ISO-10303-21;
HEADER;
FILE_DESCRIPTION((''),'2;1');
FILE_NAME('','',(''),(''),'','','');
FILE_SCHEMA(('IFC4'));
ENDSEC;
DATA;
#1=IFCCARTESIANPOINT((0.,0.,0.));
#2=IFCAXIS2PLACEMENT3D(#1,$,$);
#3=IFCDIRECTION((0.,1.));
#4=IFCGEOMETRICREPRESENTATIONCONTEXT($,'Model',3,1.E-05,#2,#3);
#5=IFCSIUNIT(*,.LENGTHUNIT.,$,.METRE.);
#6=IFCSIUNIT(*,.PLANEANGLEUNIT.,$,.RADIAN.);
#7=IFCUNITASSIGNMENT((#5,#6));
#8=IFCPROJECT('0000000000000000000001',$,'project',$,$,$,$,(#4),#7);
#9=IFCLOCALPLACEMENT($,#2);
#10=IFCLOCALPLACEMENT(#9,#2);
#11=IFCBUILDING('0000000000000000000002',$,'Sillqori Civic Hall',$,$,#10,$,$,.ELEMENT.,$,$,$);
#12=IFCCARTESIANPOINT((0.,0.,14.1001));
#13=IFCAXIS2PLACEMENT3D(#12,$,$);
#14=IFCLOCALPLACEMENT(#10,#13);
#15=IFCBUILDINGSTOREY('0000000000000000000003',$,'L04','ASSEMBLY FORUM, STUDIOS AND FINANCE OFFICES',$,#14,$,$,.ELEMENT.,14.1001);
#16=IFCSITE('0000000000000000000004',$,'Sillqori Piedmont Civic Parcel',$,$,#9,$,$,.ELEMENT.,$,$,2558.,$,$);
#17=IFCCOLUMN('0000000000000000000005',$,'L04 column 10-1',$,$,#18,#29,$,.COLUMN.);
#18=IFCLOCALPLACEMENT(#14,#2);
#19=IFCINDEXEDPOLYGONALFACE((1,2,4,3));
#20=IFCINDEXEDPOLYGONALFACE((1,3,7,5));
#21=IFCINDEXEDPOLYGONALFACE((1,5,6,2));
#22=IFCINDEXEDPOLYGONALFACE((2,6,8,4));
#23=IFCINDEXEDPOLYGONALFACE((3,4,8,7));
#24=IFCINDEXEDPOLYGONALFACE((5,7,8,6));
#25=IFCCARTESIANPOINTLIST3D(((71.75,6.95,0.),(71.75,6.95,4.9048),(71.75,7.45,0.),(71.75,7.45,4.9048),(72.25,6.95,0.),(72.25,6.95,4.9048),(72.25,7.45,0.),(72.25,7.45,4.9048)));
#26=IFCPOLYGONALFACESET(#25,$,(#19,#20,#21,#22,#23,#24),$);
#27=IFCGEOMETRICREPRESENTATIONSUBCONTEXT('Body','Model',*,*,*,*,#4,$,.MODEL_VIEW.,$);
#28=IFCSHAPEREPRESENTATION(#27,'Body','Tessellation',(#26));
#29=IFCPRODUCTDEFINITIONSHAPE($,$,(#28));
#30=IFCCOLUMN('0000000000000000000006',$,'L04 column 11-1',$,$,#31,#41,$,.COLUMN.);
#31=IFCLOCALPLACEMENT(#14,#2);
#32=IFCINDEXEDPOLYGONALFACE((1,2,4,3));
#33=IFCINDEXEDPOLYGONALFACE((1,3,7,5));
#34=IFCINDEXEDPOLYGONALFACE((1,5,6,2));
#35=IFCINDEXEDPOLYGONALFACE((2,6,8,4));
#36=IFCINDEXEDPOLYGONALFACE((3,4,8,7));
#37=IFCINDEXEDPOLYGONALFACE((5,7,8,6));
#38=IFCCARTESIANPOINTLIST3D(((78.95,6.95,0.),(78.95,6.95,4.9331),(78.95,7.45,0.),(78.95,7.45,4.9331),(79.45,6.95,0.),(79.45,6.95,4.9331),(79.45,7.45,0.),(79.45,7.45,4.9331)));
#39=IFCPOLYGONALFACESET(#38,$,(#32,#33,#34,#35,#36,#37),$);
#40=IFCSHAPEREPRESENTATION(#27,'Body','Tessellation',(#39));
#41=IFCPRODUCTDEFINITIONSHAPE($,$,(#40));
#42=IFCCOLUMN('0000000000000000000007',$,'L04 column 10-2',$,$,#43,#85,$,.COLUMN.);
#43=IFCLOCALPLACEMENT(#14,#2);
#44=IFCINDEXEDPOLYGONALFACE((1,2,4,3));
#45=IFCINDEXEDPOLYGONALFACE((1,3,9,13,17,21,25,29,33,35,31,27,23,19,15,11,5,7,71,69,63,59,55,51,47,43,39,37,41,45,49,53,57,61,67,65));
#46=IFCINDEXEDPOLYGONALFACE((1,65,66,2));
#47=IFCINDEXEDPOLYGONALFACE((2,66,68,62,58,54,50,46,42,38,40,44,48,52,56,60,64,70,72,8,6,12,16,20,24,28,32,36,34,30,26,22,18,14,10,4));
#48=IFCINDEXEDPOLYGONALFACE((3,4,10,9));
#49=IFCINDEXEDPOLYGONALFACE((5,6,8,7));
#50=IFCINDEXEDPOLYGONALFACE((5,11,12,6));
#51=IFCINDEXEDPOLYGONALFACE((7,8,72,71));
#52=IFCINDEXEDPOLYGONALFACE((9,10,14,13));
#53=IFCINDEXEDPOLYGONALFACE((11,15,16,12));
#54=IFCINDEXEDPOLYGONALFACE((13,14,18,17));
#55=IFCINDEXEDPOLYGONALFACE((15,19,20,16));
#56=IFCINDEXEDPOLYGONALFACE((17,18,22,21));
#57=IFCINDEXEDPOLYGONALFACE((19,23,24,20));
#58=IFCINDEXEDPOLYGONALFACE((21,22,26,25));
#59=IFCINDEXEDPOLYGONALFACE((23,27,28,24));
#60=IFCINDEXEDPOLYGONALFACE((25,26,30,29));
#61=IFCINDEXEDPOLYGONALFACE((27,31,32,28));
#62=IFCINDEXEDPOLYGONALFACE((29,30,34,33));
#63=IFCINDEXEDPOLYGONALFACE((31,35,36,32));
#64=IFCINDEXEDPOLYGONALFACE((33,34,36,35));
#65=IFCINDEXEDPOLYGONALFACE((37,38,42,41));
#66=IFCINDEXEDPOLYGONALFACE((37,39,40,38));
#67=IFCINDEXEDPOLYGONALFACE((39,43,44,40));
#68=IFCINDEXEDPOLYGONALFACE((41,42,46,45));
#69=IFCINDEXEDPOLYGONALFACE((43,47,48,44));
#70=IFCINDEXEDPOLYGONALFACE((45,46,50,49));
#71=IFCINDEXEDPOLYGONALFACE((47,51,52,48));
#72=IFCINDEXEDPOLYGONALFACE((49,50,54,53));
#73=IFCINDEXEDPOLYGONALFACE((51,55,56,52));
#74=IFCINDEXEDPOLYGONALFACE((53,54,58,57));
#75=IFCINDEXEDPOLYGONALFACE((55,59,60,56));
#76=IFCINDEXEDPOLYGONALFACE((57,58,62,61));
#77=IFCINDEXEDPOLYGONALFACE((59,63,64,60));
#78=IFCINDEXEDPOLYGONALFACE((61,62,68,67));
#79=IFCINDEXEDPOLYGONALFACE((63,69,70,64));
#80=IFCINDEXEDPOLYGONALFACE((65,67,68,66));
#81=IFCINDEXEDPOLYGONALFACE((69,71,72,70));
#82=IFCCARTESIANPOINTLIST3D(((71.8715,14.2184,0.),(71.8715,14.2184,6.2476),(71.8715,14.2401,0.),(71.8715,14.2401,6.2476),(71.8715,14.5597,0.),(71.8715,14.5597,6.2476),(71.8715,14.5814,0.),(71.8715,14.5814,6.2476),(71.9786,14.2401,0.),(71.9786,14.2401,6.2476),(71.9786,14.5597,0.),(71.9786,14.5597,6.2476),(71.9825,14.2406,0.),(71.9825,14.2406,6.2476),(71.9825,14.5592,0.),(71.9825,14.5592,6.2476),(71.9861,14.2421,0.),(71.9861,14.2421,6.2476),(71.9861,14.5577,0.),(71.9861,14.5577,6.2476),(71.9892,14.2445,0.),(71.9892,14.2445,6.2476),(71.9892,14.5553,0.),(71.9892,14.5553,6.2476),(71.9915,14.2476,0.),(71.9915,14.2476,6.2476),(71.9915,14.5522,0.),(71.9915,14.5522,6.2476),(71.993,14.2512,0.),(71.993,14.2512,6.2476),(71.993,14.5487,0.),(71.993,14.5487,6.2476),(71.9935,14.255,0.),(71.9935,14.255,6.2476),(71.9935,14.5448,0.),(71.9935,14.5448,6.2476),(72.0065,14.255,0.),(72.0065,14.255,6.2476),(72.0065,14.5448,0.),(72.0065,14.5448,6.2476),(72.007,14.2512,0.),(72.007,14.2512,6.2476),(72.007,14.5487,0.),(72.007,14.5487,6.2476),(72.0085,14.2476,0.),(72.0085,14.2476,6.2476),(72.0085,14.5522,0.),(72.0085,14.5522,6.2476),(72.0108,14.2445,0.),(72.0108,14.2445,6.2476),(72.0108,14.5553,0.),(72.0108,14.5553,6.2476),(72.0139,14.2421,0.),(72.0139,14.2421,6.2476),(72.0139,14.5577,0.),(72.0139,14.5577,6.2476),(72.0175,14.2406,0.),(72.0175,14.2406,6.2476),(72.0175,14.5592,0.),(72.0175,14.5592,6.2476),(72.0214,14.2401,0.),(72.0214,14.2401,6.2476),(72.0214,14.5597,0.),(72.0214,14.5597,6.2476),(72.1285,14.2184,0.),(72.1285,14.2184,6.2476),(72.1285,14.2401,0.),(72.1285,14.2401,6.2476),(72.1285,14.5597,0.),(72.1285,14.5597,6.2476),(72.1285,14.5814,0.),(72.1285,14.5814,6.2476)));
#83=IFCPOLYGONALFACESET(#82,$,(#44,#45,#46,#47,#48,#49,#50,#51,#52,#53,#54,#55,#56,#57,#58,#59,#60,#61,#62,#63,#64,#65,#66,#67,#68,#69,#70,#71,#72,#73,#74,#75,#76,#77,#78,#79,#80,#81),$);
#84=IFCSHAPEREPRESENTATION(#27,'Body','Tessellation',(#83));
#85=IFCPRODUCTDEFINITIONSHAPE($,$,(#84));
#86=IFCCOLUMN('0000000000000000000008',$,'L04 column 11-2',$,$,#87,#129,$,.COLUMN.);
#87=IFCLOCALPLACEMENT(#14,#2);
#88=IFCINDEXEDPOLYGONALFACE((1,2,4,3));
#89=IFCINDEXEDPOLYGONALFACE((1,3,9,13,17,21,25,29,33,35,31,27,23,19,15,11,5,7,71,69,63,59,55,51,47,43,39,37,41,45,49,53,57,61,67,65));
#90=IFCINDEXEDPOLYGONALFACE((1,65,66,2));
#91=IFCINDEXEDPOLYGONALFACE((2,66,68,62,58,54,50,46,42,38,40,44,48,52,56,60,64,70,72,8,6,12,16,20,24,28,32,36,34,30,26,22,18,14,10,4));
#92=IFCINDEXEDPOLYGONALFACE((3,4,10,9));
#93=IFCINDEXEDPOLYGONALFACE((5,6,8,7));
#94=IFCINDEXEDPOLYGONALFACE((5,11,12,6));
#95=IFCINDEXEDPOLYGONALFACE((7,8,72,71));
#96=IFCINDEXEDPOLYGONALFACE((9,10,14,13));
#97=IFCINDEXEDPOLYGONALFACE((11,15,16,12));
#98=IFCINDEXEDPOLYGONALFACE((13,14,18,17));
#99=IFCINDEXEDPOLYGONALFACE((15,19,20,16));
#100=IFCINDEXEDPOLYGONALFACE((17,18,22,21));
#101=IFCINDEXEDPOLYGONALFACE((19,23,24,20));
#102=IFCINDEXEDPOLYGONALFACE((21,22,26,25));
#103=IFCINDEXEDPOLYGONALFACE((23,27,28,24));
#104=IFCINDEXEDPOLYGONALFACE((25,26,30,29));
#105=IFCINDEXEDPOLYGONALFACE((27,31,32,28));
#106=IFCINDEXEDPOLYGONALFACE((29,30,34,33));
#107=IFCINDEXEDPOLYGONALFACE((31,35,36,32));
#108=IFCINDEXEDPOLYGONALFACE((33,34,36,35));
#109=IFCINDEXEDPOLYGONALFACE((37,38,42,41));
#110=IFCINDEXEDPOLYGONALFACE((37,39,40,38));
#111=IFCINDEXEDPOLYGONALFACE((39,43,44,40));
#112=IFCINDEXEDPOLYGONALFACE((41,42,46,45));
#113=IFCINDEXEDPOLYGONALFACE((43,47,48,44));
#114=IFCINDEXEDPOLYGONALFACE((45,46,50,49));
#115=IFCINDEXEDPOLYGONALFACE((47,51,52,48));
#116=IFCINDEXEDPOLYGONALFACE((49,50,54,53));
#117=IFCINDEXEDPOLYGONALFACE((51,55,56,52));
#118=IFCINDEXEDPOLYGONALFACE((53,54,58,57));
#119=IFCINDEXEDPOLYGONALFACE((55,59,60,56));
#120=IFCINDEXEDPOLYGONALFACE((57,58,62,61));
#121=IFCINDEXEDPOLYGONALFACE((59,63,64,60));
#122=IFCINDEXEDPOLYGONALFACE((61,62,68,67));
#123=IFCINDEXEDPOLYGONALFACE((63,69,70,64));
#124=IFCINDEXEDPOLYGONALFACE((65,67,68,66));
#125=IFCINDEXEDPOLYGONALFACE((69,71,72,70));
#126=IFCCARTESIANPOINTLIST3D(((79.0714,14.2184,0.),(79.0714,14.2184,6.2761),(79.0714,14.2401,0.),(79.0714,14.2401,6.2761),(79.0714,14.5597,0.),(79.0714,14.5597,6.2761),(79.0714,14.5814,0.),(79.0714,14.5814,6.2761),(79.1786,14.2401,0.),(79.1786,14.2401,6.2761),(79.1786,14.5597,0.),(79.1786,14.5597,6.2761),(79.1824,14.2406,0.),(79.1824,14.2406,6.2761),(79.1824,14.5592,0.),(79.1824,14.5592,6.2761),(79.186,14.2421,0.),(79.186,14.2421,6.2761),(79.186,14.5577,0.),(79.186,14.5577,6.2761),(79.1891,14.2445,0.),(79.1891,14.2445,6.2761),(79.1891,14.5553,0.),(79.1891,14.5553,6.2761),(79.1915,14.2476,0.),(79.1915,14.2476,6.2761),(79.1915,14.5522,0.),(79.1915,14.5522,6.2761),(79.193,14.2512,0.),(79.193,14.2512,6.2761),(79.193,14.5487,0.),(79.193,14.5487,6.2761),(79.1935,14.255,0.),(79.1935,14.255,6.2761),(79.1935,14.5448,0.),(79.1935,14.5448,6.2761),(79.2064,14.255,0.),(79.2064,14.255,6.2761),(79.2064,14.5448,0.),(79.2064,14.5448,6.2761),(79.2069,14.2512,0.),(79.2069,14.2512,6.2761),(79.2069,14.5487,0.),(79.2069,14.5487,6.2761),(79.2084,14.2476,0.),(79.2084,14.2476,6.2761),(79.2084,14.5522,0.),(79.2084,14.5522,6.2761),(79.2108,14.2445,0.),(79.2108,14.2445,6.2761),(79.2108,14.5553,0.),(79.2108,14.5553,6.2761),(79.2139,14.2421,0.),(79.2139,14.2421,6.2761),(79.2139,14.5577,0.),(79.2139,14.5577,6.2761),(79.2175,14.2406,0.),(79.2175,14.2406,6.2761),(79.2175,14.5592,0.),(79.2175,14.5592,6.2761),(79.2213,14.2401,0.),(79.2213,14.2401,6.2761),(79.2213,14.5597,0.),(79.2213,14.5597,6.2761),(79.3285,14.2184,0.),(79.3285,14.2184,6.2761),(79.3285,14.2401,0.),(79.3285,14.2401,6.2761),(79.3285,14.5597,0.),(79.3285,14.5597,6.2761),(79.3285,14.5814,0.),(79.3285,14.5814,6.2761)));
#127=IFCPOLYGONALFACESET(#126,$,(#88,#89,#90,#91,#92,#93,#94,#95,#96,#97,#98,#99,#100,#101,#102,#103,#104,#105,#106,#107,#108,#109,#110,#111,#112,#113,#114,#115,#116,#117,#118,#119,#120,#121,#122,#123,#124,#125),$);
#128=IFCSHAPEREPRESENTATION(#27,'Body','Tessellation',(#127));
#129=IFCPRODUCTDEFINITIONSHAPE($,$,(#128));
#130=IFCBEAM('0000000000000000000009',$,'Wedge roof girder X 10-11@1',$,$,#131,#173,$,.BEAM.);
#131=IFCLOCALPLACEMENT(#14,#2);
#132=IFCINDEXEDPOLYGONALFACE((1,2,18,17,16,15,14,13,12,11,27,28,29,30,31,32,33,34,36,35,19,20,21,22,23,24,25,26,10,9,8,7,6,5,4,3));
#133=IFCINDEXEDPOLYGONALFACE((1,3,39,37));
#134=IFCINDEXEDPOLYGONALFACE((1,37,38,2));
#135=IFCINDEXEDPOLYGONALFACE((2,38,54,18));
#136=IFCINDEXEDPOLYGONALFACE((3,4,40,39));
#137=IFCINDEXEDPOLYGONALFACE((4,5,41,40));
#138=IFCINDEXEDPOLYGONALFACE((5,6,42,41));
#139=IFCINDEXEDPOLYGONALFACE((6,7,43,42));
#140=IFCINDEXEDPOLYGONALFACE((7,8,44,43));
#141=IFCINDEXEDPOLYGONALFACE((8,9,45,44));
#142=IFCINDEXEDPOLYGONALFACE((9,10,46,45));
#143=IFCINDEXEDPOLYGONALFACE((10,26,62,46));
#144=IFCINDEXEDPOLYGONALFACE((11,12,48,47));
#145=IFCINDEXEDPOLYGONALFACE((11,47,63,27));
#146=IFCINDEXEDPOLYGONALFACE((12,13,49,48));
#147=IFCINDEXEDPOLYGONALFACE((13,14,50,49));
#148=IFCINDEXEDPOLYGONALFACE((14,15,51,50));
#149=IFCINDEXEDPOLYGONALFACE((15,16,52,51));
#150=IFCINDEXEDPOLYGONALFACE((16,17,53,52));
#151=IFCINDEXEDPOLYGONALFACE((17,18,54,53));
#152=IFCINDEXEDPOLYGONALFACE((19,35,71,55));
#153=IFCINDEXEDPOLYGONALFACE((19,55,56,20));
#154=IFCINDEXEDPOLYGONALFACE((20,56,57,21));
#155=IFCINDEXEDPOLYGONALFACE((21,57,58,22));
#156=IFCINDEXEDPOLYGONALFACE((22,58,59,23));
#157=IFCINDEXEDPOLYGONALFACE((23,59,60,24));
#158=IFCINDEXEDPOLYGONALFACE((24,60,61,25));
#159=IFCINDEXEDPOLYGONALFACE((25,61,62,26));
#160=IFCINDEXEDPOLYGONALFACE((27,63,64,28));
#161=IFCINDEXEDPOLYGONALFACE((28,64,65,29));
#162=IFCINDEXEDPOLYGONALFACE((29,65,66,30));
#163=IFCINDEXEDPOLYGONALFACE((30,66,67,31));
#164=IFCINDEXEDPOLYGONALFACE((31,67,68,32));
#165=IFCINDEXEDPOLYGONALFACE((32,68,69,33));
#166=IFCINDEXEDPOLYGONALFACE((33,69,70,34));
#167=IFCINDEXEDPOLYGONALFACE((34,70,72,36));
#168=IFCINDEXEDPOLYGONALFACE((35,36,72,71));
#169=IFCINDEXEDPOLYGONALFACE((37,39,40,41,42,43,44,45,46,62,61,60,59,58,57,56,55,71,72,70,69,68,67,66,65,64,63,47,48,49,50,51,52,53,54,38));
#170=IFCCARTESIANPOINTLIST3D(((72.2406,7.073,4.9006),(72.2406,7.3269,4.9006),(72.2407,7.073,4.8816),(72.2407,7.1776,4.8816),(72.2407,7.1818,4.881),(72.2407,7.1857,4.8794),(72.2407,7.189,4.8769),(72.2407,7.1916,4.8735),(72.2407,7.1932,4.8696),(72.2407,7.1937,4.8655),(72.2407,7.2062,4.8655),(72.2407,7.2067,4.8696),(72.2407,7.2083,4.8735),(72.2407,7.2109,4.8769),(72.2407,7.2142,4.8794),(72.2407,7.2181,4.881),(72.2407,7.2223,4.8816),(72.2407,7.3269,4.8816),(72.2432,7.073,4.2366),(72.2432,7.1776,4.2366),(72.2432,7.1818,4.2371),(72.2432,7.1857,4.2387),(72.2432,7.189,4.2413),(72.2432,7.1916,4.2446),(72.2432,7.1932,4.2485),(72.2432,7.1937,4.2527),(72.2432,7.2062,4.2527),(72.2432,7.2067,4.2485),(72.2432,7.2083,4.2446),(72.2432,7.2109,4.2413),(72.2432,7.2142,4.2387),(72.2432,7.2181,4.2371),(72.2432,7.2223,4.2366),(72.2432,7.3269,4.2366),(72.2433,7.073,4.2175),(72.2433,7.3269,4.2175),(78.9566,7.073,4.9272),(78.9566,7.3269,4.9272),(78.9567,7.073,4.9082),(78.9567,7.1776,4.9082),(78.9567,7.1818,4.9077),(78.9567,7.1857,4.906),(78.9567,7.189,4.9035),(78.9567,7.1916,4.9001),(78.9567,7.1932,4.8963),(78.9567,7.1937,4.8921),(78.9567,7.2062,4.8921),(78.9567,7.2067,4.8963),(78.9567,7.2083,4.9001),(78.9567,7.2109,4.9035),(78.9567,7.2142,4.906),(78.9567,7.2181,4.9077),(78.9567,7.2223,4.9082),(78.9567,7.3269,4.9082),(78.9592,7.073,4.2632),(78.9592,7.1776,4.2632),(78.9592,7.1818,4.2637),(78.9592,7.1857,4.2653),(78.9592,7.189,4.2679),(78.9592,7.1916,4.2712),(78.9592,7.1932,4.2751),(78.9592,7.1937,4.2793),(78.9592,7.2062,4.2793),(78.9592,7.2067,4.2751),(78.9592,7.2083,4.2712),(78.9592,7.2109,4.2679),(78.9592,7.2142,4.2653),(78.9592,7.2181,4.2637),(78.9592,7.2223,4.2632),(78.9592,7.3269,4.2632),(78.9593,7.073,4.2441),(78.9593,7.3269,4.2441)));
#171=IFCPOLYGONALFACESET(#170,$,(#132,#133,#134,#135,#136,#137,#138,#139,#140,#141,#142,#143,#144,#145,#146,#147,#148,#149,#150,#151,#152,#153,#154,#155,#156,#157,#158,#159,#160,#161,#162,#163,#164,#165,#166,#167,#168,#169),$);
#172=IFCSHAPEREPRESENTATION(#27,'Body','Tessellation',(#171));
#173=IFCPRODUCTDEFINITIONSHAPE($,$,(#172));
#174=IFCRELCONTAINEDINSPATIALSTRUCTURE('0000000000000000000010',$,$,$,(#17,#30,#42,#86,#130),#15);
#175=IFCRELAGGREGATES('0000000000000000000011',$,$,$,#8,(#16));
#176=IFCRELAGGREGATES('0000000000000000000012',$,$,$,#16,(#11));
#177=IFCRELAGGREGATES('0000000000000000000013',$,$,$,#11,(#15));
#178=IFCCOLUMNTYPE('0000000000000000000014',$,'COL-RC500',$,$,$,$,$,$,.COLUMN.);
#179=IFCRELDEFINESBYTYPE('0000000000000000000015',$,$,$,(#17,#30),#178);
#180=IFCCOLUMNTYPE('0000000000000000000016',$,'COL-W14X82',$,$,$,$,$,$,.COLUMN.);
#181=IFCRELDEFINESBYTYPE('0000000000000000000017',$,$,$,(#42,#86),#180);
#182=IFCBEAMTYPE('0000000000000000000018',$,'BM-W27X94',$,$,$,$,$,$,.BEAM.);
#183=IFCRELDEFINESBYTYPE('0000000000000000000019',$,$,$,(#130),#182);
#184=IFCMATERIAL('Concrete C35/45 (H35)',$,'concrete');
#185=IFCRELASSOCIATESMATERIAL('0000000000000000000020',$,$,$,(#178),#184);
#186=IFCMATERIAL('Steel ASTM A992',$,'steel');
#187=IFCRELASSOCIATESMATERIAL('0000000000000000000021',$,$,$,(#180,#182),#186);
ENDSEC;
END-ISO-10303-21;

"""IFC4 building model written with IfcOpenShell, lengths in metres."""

from ifc_helpers import new_model, si_unit, direction, frame, origin, origin_2d, place, context, subcontext, project, spatial, rectangle, i_section, extrude, material, material_profile, profile_set, type_object, element, save


model = new_model("IFC4")

# Units and contexts
model_context = context("Model", 3, precision=1e-05, world=origin(), true_north=direction((0.0, 1.0)))
body_context = subcontext(model_context, "Body", "Model", "MODEL_VIEW")
ifc_project = project(units=[si_unit("LENGTHUNIT", "METRE"), si_unit("PLANEANGLEUNIT", "RADIAN")], contexts=[model_context])

# Site, building, storey
site_placement = place(None, origin())
site = spatial("IfcSite", under=ifc_project, at=site_placement, Name="Sillqori Piedmont Civic Parcel", CompositionType="ELEMENT", RefElevation=2558.0)
building_placement = place(site_placement, origin())
building = spatial("IfcBuilding", under=site, at=building_placement, Name="Sillqori Civic Hall", CompositionType="ELEMENT")
storey_placement = place(building_placement, frame((0.0, 0.0, 14.1001)))
storey = spatial("IfcBuildingStorey", under=building, at=storey_placement, Name="L04", Description="ASSEMBLY FORUM, STUDIOS AND FINANCE OFFICES", CompositionType="ELEMENT", Elevation=14.1001)

# Columns
ifc_material_1 = material(Name="Concrete C35/45 (H35)", Category="concrete")
ifc_material_profile_1 = material_profile(ifc_material_1, rectangle(XDim=0.5, YDim=0.5, at=origin_2d()), Name="RC 500x500")
ifc_profile_set_1 = profile_set([ifc_material_profile_1], Name="Concrete C35/45 (H35)")
column_type_1 = type_object("IfcColumnType", Name="COL-RC500", PredefinedType="COLUMN", material=ifc_profile_set_1)
column_1_placement = place(storey_placement, frame((72.0, 7.2, 0.0), z_axis=(0.0, 0.0, 1.0), x_axis=(1.0, 0.0, 0.0)))
element("IfcColumn", 1, at=column_1_placement, inside=storey, type_object=column_type_1, Name="L04 column 10-1", PredefinedType="COLUMN", context=body_context, shape_type="SweptSolid", body=[
    extrude(rectangle(XDim=0.5, YDim=0.5, at=origin_2d()), origin(), (0.0, 0.0, 1.0), 4.9048),
])
column_2_placement = place(storey_placement, frame((79.2, 7.2, 0.0), z_axis=(0.0, 0.0, 1.0), x_axis=(1.0, 0.0, 0.0)))
element("IfcColumn", 2, at=column_2_placement, inside=storey, type_object=column_type_1, Name="L04 column 11-1", PredefinedType="COLUMN", context=body_context, shape_type="SweptSolid", body=[
    extrude(rectangle(XDim=0.5, YDim=0.5, at=origin_2d()), origin(), (0.0, 0.0, 1.0), 4.9331),
])
ifc_material_2 = material(Name="Steel ASTM A992", Category="steel")
ifc_material_profile_2 = material_profile(ifc_material_2, i_section(OverallWidth=0.2571, OverallDepth=0.363, WebThickness=0.0129, FlangeThickness=0.0217, FilletRadius=0.0149, at=origin_2d()), Name="W14X82")
ifc_profile_set_2 = profile_set([ifc_material_profile_2], Name="Steel ASTM A992")
column_type_2 = type_object("IfcColumnType", Name="COL-W14X82", PredefinedType="COLUMN", material=ifc_profile_set_2)
column_3_placement = place(storey_placement, frame((72.0, 14.3999, 0.0), z_axis=(0.0, 0.0, 1.0), x_axis=(1.0, 0.0, 0.0)))
element("IfcColumn", 3, at=column_3_placement, inside=storey, type_object=column_type_2, Name="L04 column 10-2", PredefinedType="COLUMN", context=body_context, shape_type="SweptSolid", body=[
    extrude(i_section(OverallWidth=0.2571, OverallDepth=0.363, WebThickness=0.0129, FlangeThickness=0.0217, FilletRadius=0.0149, at=origin_2d()), origin(), (0.0, 0.0, 1.0), 6.2476),
])
column_4_placement = place(storey_placement, frame((79.2, 14.3999, 0.0), z_axis=(0.0, 0.0, 1.0), x_axis=(1.0, 0.0, 0.0)))
element("IfcColumn", 4, at=column_4_placement, inside=storey, type_object=column_type_2, Name="L04 column 11-2", PredefinedType="COLUMN", context=body_context, shape_type="SweptSolid", body=[
    extrude(i_section(OverallWidth=0.2571, OverallDepth=0.363, WebThickness=0.0129, FlangeThickness=0.0217, FilletRadius=0.0149, at=origin_2d()), origin(), (0.0, 0.0, 1.0), 6.2761),
])

# Beam
ifc_material_profile_3 = material_profile(ifc_material_2, i_section(OverallWidth=0.2539, OverallDepth=0.6831, WebThickness=0.0125, FlangeThickness=0.019, FilletRadius=0.0161, at=origin_2d()), Name="W27X94")
ifc_profile_set_3 = profile_set([ifc_material_profile_3], Name="Steel ASTM A992")
beam_type_1 = type_object("IfcBeamType", Name="BM-W27X94", PredefinedType="BEAM", material=ifc_profile_set_3)
for number, where, z_axis, x_axis, name in (
    (5, (72.2419, 7.2, 4.5591), (0.999992, 0.0, 0.003962), (0.0, 1.0, 0.0), "Wedge roof girder X 10-11@1"),
):
    element("IfcBeam", number, at=place(storey_placement, frame(where, z_axis=z_axis, x_axis=x_axis)), inside=storey, type_object=beam_type_1, Name=name, PredefinedType="BEAM", context=body_context, shape_type="SweptSolid", body=[
        extrude(i_section(OverallWidth=0.2539, OverallDepth=0.6831, WebThickness=0.0125, FlangeThickness=0.019, FilletRadius=0.0161, at=origin_2d()), origin(), (0.0, 0.0, 1.0), 6.7161),
    ])

save(model, "model.ifc")
